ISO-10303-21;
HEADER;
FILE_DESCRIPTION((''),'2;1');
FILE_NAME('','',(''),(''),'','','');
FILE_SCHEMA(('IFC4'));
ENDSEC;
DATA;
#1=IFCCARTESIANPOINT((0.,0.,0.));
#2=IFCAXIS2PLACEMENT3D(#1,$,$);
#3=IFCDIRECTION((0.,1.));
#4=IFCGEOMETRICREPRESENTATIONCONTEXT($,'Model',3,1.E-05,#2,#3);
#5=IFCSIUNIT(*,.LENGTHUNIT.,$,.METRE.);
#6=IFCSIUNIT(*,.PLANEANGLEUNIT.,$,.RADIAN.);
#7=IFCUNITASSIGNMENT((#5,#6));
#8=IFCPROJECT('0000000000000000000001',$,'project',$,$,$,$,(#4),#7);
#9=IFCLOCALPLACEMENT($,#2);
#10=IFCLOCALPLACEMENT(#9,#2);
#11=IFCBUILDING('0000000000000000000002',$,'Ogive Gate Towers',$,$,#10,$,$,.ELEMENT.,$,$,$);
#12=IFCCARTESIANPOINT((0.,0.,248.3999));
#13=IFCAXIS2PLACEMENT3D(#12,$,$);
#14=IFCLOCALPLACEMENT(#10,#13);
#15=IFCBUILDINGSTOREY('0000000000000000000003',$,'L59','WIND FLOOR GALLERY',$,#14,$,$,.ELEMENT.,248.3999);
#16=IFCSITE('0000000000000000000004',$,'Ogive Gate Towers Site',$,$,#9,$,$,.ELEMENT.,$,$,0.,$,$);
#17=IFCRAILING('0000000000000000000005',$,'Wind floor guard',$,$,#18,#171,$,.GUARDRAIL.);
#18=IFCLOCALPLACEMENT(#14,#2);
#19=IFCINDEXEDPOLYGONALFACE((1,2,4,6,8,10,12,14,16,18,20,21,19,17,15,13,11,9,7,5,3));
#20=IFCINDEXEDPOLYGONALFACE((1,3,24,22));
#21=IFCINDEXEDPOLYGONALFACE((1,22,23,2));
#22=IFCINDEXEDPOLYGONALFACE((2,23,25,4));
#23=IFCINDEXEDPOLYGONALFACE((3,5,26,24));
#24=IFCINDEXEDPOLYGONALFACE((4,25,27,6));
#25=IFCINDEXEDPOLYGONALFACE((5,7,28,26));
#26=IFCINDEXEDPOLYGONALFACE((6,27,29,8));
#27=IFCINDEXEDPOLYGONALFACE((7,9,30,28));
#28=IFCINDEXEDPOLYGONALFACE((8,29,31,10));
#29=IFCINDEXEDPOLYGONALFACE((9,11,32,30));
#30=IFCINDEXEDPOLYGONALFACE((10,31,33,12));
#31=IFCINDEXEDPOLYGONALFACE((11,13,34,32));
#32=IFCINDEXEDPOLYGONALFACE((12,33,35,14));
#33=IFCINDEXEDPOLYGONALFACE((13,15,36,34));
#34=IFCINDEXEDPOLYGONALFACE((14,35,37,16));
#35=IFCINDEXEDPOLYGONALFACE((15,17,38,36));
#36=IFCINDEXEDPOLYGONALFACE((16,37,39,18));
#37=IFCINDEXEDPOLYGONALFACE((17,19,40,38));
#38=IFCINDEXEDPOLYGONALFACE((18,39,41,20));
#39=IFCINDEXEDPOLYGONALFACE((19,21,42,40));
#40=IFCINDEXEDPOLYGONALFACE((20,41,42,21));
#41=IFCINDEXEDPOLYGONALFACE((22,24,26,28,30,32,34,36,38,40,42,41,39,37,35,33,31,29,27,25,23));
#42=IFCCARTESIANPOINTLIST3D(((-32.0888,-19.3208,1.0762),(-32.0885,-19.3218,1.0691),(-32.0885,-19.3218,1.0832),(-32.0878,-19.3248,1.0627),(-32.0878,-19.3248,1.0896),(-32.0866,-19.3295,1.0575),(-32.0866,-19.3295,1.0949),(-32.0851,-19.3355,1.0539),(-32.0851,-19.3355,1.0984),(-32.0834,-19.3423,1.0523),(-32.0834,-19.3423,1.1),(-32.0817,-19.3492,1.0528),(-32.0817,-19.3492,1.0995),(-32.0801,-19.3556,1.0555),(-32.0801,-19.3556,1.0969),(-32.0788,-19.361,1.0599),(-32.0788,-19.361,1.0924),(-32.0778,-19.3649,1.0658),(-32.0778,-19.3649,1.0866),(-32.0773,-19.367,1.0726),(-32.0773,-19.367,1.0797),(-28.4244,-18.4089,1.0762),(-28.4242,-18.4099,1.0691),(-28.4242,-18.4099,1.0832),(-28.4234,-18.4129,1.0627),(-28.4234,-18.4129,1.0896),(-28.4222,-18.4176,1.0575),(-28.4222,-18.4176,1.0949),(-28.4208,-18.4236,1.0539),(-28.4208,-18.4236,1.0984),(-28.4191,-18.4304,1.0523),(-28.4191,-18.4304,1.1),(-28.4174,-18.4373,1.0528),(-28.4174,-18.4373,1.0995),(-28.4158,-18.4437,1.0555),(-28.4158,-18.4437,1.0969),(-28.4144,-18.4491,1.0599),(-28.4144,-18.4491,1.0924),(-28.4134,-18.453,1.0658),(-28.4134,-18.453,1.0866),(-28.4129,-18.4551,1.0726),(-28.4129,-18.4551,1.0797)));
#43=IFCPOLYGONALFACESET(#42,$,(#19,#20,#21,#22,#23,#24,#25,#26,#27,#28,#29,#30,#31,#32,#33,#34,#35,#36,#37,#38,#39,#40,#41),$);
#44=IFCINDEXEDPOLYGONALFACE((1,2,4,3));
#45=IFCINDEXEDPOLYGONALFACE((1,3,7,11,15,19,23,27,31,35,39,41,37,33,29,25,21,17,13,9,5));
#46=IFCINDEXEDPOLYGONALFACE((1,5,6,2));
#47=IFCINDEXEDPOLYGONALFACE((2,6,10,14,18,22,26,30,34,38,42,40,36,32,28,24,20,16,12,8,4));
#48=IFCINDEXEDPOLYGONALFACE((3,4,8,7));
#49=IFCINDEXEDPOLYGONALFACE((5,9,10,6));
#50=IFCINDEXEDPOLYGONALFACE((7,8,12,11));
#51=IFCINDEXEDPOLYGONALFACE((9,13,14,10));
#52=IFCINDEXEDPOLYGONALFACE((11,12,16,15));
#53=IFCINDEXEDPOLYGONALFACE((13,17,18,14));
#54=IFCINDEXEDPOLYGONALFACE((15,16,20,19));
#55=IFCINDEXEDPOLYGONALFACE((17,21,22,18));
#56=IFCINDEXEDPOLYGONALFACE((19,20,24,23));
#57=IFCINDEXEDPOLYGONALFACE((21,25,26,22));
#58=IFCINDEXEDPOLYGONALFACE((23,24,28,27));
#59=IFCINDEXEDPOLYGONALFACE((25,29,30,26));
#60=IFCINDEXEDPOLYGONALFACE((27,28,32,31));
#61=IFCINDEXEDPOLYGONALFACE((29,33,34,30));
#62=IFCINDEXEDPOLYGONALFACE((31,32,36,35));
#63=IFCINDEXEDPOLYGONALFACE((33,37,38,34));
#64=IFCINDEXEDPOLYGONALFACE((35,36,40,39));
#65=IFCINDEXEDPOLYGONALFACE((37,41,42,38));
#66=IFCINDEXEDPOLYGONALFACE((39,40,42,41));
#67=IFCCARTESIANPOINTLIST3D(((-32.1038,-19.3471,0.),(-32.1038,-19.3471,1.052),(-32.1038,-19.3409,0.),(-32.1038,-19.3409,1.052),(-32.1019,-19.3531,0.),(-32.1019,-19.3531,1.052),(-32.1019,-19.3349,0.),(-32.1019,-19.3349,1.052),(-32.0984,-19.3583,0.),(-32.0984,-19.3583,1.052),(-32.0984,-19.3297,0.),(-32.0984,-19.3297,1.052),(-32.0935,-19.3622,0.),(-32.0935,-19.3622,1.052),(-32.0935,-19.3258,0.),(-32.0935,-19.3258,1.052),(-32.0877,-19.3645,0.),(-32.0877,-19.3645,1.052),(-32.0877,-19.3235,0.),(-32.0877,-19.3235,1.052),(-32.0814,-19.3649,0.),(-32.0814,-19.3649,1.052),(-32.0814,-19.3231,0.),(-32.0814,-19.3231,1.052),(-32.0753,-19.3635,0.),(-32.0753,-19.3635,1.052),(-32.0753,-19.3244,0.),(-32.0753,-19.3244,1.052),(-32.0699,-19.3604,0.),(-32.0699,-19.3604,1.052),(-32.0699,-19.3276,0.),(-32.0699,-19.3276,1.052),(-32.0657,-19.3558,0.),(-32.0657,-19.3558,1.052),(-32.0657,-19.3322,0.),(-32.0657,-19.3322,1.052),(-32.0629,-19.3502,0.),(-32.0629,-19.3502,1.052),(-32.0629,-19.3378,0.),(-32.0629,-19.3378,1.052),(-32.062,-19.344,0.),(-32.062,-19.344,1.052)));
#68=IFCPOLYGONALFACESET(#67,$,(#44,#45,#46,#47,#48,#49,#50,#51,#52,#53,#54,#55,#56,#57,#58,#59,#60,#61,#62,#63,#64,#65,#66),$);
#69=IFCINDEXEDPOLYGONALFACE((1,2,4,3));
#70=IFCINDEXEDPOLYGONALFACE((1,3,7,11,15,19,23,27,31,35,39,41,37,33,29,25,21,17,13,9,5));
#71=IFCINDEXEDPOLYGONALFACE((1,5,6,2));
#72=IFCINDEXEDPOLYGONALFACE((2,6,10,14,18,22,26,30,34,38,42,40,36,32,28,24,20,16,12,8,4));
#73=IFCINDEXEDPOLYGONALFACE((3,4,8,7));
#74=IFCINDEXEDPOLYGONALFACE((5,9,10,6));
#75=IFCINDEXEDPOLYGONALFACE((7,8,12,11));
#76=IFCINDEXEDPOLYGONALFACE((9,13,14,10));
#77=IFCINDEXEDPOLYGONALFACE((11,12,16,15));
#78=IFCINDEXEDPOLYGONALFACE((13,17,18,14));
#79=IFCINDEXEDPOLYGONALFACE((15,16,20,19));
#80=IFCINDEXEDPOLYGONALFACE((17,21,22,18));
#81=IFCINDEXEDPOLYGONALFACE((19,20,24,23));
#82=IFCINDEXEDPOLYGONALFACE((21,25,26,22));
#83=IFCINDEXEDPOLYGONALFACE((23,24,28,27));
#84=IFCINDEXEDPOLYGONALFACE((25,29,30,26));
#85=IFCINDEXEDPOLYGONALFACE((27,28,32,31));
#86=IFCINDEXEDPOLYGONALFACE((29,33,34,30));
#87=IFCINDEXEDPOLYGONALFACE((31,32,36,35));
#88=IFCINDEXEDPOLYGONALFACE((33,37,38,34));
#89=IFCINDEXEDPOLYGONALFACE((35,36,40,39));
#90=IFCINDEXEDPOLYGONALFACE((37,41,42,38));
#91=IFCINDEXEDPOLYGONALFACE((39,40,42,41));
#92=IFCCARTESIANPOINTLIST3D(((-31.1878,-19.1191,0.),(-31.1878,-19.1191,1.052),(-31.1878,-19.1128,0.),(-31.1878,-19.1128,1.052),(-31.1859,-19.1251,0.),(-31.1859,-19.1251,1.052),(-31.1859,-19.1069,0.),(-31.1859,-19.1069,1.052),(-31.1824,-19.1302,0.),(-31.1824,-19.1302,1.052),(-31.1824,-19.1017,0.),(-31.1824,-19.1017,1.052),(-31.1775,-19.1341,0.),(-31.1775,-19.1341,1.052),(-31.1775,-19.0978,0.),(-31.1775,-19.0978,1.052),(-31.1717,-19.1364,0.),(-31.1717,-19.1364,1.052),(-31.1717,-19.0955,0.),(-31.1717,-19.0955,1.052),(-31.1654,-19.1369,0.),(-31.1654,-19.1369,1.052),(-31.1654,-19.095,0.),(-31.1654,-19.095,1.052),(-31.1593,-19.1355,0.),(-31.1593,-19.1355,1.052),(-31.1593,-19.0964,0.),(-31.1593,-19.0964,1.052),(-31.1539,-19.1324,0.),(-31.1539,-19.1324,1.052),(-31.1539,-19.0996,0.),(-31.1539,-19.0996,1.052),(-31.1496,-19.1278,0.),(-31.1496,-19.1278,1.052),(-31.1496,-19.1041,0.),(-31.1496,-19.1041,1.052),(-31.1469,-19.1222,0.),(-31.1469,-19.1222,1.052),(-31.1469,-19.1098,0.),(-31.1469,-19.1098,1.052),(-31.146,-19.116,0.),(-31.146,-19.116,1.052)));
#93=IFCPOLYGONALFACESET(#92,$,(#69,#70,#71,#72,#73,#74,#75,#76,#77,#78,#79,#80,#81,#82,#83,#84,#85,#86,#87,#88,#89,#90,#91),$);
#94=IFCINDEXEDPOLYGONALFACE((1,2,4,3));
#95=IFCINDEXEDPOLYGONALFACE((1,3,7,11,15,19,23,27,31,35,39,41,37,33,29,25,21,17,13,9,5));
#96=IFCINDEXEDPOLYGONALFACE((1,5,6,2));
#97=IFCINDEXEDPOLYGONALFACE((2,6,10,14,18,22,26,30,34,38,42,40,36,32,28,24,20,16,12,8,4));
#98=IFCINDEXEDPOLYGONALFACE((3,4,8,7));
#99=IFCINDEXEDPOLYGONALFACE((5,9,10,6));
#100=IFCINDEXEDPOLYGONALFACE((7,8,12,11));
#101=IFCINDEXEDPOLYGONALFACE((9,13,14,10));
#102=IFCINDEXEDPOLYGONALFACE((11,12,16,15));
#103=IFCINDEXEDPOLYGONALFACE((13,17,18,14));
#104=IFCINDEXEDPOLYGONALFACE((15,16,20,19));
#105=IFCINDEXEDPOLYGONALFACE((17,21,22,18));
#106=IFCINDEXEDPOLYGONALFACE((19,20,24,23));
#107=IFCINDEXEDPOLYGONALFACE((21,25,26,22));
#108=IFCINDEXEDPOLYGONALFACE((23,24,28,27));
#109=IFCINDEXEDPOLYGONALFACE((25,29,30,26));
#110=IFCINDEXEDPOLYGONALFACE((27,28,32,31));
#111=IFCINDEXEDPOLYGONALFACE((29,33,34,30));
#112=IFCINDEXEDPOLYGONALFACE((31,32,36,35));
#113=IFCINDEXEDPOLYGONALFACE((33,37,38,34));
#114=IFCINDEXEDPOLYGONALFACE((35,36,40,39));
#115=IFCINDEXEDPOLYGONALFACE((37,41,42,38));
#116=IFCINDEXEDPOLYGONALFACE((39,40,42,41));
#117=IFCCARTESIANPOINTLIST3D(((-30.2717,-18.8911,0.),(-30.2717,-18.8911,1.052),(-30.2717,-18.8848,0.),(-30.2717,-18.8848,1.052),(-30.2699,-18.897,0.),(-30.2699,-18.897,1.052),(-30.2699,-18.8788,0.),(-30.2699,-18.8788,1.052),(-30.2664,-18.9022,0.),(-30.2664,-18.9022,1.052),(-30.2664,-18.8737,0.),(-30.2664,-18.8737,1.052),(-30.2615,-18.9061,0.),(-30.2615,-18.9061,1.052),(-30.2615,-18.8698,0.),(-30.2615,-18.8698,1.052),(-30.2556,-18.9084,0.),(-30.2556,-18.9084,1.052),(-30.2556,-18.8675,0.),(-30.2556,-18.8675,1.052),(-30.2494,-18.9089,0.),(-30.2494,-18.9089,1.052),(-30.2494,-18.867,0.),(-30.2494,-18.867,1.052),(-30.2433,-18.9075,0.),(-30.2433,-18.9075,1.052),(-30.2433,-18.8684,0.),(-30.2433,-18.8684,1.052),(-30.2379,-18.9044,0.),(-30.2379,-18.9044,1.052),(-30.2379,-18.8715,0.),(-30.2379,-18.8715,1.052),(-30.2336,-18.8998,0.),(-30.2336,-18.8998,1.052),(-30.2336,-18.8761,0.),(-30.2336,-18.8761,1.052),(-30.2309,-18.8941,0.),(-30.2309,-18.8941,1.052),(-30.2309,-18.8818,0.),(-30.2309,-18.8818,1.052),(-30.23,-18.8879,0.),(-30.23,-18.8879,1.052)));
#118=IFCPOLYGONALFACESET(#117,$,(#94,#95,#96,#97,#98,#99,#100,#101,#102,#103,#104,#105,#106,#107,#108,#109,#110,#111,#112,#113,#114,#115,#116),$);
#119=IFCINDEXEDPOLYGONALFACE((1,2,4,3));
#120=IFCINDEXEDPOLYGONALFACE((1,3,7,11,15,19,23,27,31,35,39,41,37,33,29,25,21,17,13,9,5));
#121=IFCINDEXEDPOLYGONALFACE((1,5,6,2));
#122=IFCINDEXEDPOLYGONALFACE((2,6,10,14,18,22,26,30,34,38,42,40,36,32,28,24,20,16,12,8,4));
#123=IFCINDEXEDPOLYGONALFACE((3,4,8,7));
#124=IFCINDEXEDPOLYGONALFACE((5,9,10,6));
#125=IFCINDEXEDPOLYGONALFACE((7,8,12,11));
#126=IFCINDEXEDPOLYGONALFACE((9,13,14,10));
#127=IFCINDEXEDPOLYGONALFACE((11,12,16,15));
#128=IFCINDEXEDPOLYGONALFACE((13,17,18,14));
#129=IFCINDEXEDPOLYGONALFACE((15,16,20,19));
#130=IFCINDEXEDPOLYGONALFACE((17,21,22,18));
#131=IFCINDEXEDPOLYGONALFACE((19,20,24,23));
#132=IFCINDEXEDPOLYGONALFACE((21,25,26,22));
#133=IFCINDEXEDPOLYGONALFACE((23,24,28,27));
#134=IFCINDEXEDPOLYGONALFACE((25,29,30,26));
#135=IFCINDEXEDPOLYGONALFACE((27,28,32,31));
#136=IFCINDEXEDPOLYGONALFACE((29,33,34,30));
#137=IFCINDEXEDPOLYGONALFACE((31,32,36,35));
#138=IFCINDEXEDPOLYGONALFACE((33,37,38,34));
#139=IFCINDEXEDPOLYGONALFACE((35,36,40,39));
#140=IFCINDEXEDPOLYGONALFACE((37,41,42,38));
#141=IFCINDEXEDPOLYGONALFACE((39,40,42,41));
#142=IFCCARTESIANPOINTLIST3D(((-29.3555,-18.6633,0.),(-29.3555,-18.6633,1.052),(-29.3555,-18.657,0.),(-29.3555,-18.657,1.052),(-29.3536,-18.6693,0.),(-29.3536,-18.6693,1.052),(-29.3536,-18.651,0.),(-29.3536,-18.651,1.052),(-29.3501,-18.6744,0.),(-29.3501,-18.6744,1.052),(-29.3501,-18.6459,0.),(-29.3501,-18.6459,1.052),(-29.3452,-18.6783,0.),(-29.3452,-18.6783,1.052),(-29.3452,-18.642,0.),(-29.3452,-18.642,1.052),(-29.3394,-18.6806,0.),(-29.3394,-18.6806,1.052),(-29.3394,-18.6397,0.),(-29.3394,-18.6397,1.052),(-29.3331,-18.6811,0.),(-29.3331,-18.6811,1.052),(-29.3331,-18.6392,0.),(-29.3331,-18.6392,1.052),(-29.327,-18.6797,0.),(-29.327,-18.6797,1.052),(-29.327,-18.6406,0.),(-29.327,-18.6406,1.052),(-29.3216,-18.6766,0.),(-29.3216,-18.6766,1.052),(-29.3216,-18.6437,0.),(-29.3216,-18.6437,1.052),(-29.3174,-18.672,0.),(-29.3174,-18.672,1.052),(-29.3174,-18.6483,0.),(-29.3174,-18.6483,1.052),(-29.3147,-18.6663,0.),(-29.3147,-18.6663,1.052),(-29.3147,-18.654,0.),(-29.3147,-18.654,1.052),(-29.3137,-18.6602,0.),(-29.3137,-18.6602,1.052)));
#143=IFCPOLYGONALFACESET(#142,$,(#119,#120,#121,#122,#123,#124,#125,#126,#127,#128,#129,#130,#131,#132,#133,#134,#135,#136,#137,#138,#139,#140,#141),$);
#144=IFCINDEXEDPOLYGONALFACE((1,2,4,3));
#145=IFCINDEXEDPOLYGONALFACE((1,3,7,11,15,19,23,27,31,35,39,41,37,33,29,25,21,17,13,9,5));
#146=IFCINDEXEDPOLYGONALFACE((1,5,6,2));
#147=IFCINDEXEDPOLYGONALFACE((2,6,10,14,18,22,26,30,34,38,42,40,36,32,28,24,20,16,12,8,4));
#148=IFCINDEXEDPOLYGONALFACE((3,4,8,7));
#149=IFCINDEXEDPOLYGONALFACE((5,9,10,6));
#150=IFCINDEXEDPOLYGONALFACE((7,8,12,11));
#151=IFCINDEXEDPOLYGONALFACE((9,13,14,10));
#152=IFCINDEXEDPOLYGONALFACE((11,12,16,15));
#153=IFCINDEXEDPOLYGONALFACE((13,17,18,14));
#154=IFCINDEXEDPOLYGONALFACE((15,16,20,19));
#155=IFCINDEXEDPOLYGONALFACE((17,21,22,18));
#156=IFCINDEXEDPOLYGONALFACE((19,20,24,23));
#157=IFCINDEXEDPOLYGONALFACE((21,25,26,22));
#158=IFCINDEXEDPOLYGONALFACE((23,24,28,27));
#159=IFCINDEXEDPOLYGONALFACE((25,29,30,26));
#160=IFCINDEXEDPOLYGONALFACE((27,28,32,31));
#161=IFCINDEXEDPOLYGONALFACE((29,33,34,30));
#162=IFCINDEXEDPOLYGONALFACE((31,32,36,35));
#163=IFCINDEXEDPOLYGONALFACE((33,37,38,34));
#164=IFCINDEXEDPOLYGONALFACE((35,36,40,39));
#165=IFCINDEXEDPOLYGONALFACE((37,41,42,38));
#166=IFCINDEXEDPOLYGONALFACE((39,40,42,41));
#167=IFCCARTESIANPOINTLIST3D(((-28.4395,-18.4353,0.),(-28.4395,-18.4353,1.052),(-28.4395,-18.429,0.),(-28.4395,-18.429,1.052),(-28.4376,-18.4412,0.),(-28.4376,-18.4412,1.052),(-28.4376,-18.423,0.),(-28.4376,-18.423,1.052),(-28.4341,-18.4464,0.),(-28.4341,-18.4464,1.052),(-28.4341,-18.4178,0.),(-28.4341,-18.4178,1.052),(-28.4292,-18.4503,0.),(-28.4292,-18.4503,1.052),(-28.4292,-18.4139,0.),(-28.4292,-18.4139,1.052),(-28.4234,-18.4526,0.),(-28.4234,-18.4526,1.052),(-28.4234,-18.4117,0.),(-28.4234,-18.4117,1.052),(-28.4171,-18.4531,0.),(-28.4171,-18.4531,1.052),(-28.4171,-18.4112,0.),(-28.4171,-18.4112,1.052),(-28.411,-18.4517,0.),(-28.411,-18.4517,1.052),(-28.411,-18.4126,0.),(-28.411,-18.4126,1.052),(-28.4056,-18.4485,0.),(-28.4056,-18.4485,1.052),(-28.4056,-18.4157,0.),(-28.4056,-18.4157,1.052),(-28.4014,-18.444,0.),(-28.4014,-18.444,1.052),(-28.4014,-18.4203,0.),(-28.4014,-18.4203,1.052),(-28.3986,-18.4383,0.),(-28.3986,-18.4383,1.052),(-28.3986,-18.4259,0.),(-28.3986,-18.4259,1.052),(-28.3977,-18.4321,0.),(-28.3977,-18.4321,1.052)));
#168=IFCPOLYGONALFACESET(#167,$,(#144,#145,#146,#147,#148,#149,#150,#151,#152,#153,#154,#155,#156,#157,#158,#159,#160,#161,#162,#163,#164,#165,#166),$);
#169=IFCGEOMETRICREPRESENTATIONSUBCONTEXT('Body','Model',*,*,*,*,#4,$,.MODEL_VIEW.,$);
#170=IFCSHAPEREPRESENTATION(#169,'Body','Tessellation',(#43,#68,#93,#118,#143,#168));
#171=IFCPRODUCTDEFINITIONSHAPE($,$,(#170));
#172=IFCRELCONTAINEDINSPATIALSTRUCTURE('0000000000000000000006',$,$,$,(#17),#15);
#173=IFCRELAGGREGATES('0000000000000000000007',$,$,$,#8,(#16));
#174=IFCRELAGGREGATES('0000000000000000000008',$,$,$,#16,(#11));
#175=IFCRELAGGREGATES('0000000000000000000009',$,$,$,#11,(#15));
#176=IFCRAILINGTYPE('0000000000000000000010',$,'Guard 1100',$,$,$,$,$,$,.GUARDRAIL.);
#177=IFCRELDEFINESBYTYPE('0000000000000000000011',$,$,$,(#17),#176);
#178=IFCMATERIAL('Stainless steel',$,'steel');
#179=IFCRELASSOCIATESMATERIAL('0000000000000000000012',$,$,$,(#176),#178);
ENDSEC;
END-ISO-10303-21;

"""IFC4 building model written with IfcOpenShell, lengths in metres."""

from ifc_helpers import new_model, si_unit, direction, frame, origin, origin_2d, place, context, subcontext, project, spatial, circle, extrude, material, type_object, element, save


model = new_model("IFC4")

# Units and contexts
model_context = context("Model", 3, precision=1e-05, world=origin(), true_north=direction((0.0, 1.0)))
body_context = subcontext(model_context, "Body", "Model", "MODEL_VIEW")
ifc_project = project(units=[si_unit("LENGTHUNIT", "METRE"), si_unit("PLANEANGLEUNIT", "RADIAN")], contexts=[model_context])

# Site, building, storey
site_placement = place(None, origin())
site = spatial("IfcSite", under=ifc_project, at=site_placement, Name="Ogive Gate Towers Site", CompositionType="ELEMENT", RefElevation=0.0)
building_placement = place(site_placement, origin())
building = spatial("IfcBuilding", under=site, at=building_placement, Name="Ogive Gate Towers", CompositionType="ELEMENT")
storey_placement = place(building_placement, frame((0.0, 0.0, 248.3999)))
storey = spatial("IfcBuildingStorey", under=building, at=storey_placement, Name="L59", Description="WIND FLOOR GALLERY", CompositionType="ELEMENT", Elevation=248.3999)

# Railing
ifc_material_1 = material(Name="Stainless steel", Category="steel")
railing_type_1 = type_object("IfcRailingType", Name="Guard 1100", PredefinedType="GUARDRAIL", material=ifc_material_1)
railing_1_placement = place(storey_placement, frame((-32.083, -19.344, 0.0)))
element("IfcRailing", 1, at=railing_1_placement, inside=storey, type_object=railing_type_1, Name="Wind floor guard", PredefinedType="GUARDRAIL", context=body_context, shape_type="SweptSolid", body=[
    extrude(circle(Radius=0.0239, at=origin_2d()), frame((0.0, 0.0, 1.0762), z_axis=(0.970404, 0.241486, 0.0), x_axis=(-0.241486, 0.970404, 0.0)), (0.0, 0.0, 1.0), 3.7761),
    extrude(circle(Radius=0.021, at=origin_2d()), origin(), (0.0, 0.0, 1.0), 1.052),
    extrude(circle(Radius=0.021, at=origin_2d()), frame((0.916, 0.228, 0.0)), (0.0, 0.0, 1.0), 1.052),
    extrude(circle(Radius=0.021, at=origin_2d()), frame((1.832, 0.4561, 0.0)), (0.0, 0.0, 1.0), 1.052),
    extrude(circle(Radius=0.021, at=origin_2d()), frame((2.7483, 0.6838, 0.0)), (0.0, 0.0, 1.0), 1.052),
    extrude(circle(Radius=0.021, at=origin_2d()), frame((3.6643, 0.9119, 0.0)), (0.0, 0.0, 1.0), 1.052),
])

save(model, "model.ifc")
